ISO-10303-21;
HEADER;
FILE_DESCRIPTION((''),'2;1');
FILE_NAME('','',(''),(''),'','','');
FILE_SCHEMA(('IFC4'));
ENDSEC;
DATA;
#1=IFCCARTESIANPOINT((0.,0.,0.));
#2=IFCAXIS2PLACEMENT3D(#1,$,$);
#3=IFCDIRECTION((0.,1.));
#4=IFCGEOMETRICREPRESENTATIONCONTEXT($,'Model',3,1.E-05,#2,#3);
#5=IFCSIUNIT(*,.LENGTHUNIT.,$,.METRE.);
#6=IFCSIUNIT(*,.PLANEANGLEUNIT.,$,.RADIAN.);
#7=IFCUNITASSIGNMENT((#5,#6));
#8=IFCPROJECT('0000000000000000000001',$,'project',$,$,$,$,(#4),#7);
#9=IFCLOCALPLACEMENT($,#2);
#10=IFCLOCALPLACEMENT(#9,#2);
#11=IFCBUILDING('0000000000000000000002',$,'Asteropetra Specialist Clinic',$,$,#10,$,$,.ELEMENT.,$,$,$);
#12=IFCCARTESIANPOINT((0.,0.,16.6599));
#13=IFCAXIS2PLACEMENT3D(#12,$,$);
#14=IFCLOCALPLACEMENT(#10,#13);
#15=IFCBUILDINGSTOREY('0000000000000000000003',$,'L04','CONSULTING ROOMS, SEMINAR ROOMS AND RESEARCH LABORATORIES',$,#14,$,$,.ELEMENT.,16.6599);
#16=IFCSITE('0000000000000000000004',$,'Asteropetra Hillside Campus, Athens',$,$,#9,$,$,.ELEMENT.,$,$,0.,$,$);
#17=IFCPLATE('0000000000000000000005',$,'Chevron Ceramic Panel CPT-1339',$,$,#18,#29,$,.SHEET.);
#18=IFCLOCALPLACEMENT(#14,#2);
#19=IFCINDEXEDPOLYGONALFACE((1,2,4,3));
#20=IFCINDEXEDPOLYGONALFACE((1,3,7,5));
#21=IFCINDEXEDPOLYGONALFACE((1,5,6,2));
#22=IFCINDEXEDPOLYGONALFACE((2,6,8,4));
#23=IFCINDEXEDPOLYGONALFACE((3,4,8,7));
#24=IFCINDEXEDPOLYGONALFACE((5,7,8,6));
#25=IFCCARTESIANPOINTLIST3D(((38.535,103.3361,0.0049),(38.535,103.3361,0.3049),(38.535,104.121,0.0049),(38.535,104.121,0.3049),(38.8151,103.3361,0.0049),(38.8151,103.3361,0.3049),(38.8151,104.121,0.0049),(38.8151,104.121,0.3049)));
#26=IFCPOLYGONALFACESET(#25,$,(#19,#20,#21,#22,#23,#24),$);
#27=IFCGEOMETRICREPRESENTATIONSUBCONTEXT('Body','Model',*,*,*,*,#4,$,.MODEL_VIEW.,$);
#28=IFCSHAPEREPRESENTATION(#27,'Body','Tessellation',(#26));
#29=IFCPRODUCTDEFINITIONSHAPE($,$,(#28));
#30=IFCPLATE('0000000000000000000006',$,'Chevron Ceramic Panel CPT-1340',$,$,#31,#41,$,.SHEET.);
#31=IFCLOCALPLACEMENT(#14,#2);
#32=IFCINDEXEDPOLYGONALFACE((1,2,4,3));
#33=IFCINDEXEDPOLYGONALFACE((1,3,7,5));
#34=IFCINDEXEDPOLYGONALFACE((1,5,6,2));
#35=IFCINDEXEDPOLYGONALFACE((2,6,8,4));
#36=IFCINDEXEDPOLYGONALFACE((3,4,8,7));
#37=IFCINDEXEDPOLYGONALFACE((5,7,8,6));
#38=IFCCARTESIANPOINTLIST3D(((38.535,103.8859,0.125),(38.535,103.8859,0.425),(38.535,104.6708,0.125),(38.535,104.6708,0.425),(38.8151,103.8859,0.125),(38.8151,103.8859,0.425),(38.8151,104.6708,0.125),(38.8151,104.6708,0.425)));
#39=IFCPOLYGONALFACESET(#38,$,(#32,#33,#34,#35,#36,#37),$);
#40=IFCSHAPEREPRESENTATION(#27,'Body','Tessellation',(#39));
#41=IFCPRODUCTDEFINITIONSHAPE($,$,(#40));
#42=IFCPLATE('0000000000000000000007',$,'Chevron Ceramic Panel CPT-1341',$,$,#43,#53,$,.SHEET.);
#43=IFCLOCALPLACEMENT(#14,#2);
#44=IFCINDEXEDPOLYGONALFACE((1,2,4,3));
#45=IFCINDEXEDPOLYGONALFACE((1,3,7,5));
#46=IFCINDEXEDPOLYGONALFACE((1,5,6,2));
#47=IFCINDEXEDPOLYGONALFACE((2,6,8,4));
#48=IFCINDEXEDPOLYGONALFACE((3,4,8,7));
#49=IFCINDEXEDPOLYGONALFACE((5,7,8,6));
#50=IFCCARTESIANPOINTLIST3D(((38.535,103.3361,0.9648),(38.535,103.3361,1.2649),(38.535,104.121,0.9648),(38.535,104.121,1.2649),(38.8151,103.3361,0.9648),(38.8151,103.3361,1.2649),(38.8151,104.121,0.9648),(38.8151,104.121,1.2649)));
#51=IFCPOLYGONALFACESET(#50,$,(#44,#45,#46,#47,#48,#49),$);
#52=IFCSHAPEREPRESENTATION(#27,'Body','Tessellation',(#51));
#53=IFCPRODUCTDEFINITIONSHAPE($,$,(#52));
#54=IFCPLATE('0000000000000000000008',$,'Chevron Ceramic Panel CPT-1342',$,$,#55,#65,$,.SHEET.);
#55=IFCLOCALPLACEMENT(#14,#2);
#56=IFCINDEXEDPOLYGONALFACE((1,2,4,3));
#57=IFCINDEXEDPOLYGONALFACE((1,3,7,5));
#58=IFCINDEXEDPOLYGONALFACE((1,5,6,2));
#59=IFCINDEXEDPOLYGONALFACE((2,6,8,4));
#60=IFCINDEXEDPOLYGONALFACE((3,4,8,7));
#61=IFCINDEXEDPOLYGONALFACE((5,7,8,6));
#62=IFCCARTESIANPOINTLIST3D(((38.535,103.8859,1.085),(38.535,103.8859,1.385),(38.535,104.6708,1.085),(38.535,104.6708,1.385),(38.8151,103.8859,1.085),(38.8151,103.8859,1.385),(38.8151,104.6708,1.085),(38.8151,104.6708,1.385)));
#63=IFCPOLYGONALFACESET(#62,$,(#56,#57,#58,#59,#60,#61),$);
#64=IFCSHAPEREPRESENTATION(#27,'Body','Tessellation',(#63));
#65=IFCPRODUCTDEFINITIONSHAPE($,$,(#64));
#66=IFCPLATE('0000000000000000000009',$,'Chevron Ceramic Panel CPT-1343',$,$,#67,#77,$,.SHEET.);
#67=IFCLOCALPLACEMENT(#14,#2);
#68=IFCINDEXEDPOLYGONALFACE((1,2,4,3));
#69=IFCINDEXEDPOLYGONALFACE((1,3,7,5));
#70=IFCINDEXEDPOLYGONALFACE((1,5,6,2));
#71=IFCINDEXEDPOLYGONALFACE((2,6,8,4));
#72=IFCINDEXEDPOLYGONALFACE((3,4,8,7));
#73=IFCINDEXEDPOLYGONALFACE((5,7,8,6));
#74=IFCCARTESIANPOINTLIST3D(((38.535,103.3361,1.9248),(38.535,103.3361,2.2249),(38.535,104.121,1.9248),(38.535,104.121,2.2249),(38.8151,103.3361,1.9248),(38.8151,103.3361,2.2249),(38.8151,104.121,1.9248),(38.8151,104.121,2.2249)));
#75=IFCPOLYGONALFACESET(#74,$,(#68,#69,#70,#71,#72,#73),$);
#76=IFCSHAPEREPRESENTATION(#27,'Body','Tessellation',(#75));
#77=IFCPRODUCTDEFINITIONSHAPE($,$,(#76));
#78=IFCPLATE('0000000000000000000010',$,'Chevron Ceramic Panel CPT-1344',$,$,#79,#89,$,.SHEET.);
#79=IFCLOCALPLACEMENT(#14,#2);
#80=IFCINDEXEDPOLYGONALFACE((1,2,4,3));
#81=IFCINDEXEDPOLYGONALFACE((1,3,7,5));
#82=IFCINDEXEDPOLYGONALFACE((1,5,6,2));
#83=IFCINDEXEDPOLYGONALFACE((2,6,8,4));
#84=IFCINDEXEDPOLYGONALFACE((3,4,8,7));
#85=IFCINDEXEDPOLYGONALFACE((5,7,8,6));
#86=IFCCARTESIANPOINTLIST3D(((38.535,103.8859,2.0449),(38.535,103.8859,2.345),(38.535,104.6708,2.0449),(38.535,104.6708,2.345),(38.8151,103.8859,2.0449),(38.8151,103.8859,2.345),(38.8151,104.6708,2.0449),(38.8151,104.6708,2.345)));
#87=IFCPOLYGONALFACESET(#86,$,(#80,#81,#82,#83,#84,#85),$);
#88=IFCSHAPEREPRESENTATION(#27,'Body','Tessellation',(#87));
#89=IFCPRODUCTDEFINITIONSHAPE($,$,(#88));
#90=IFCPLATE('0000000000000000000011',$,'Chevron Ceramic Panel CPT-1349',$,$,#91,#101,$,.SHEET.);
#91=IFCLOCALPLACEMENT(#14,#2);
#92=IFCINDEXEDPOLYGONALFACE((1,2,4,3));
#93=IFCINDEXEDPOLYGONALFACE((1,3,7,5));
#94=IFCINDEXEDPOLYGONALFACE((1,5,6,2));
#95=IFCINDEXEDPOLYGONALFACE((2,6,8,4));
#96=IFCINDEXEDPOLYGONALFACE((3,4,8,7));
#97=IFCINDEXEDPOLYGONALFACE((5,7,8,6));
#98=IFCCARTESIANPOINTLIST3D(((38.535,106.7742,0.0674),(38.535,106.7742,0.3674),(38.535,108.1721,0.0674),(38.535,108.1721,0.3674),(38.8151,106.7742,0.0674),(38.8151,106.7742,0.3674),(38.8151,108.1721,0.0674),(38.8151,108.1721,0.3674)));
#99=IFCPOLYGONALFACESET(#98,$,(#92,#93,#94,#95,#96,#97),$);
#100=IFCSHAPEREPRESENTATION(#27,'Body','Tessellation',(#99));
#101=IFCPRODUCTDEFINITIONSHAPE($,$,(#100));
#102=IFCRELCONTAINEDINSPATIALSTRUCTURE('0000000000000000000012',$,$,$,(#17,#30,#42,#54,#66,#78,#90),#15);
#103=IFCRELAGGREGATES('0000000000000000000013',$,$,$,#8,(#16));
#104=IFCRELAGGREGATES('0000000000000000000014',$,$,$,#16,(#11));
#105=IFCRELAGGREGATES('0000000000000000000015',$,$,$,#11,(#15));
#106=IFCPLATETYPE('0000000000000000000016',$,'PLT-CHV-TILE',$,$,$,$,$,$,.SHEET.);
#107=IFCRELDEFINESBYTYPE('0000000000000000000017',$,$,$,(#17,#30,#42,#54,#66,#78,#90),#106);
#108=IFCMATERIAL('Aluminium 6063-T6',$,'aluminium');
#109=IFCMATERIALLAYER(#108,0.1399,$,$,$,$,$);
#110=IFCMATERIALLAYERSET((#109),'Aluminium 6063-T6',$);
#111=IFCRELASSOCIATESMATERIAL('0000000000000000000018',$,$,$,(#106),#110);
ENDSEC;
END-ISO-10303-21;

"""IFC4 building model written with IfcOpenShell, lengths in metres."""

from ifc_helpers import new_model, si_unit, direction, frame, origin, origin_2d, place, context, subcontext, project, spatial, rectangle, extrude, material, layer, layer_set, type_object, element, save


model = new_model("IFC4")

# Units and contexts
model_context = context("Model", 3, precision=1e-05, world=origin(), true_north=direction((0.0, 1.0)))
body_context = subcontext(model_context, "Body", "Model", "MODEL_VIEW")
ifc_project = project(units=[si_unit("LENGTHUNIT", "METRE"), si_unit("PLANEANGLEUNIT", "RADIAN")], contexts=[model_context])

# Site, building, storey
site_placement = place(None, origin())
site = spatial("IfcSite", under=ifc_project, at=site_placement, Name="Asteropetra Hillside Campus, Athens", CompositionType="ELEMENT", RefElevation=0.0)
building_placement = place(site_placement, origin())
building = spatial("IfcBuilding", under=site, at=building_placement, Name="Asteropetra Specialist Clinic", CompositionType="ELEMENT")
storey_placement = place(building_placement, frame((0.0, 0.0, 16.6599)))
storey = spatial("IfcBuildingStorey", under=building, at=storey_placement, Name="L04", Description="CONSULTING ROOMS, SEMINAR ROOMS AND RESEARCH LABORATORIES", CompositionType="ELEMENT", Elevation=16.6599)

# Plates
ifc_material = material(Name="Aluminium 6063-T6", Category="aluminium")
ifc_layer = layer(ifc_material, 0.1399)
ifc_layer_set = layer_set([ifc_layer], Name="Aluminium 6063-T6")
plate_type = type_object("IfcPlateType", Name="PLT-CHV-TILE", PredefinedType="SHEET", material=ifc_layer_set)
for number, where, z_axis, x_axis, name in (
    (1, (38.675, 103.7285, 0.0049), (0.0, 0.0, 1.0), (1.0, 0.0, 0.0), "Chevron Ceramic Panel CPT-1339"),
    (2, (38.675, 104.2783, 0.125), (0.0, 0.0, 1.0), (1.0, 0.0, 0.0), "Chevron Ceramic Panel CPT-1340"),
    (3, (38.675, 103.7285, 0.9648), (0.0, 0.0, 1.0), (1.0, 0.0, 0.0), "Chevron Ceramic Panel CPT-1341"),
    (4, (38.675, 104.2783, 1.085), (0.0, 0.0, 1.0), (1.0, 0.0, 0.0), "Chevron Ceramic Panel CPT-1342"),
    (5, (38.675, 103.7285, 1.9248), (0.0, 0.0, 1.0), (1.0, 0.0, 0.0), "Chevron Ceramic Panel CPT-1343"),
    (6, (38.675, 104.2783, 2.0449), (0.0, 0.0, 1.0), (1.0, 0.0, 0.0), "Chevron Ceramic Panel CPT-1344"),
):
    element("IfcPlate", number, at=place(storey_placement, frame(where, z_axis=z_axis, x_axis=x_axis)), inside=storey, type_object=plate_type, Name=name, PredefinedType="SHEET", context=body_context, shape_type="SweptSolid", body=[
        extrude(rectangle(XDim=0.28, YDim=0.7849, at=origin_2d()), origin(), (0.0, 0.0, 1.0), 0.3),
    ])
plate_placement = place(storey_placement, frame((38.675, 107.4731, 0.0674), z_axis=(0.0, 0.0, 1.0), x_axis=(1.0, 0.0, 0.0)))
element("IfcPlate", 7, at=plate_placement, inside=storey, type_object=plate_type, Name="Chevron Ceramic Panel CPT-1349", PredefinedType="SHEET", context=body_context, shape_type="SweptSolid", body=[
    extrude(rectangle(XDim=0.28, YDim=1.3979, at=origin_2d()), origin(), (0.0, 0.0, 1.0), 0.3),
])

save(model, "model.ifc")
